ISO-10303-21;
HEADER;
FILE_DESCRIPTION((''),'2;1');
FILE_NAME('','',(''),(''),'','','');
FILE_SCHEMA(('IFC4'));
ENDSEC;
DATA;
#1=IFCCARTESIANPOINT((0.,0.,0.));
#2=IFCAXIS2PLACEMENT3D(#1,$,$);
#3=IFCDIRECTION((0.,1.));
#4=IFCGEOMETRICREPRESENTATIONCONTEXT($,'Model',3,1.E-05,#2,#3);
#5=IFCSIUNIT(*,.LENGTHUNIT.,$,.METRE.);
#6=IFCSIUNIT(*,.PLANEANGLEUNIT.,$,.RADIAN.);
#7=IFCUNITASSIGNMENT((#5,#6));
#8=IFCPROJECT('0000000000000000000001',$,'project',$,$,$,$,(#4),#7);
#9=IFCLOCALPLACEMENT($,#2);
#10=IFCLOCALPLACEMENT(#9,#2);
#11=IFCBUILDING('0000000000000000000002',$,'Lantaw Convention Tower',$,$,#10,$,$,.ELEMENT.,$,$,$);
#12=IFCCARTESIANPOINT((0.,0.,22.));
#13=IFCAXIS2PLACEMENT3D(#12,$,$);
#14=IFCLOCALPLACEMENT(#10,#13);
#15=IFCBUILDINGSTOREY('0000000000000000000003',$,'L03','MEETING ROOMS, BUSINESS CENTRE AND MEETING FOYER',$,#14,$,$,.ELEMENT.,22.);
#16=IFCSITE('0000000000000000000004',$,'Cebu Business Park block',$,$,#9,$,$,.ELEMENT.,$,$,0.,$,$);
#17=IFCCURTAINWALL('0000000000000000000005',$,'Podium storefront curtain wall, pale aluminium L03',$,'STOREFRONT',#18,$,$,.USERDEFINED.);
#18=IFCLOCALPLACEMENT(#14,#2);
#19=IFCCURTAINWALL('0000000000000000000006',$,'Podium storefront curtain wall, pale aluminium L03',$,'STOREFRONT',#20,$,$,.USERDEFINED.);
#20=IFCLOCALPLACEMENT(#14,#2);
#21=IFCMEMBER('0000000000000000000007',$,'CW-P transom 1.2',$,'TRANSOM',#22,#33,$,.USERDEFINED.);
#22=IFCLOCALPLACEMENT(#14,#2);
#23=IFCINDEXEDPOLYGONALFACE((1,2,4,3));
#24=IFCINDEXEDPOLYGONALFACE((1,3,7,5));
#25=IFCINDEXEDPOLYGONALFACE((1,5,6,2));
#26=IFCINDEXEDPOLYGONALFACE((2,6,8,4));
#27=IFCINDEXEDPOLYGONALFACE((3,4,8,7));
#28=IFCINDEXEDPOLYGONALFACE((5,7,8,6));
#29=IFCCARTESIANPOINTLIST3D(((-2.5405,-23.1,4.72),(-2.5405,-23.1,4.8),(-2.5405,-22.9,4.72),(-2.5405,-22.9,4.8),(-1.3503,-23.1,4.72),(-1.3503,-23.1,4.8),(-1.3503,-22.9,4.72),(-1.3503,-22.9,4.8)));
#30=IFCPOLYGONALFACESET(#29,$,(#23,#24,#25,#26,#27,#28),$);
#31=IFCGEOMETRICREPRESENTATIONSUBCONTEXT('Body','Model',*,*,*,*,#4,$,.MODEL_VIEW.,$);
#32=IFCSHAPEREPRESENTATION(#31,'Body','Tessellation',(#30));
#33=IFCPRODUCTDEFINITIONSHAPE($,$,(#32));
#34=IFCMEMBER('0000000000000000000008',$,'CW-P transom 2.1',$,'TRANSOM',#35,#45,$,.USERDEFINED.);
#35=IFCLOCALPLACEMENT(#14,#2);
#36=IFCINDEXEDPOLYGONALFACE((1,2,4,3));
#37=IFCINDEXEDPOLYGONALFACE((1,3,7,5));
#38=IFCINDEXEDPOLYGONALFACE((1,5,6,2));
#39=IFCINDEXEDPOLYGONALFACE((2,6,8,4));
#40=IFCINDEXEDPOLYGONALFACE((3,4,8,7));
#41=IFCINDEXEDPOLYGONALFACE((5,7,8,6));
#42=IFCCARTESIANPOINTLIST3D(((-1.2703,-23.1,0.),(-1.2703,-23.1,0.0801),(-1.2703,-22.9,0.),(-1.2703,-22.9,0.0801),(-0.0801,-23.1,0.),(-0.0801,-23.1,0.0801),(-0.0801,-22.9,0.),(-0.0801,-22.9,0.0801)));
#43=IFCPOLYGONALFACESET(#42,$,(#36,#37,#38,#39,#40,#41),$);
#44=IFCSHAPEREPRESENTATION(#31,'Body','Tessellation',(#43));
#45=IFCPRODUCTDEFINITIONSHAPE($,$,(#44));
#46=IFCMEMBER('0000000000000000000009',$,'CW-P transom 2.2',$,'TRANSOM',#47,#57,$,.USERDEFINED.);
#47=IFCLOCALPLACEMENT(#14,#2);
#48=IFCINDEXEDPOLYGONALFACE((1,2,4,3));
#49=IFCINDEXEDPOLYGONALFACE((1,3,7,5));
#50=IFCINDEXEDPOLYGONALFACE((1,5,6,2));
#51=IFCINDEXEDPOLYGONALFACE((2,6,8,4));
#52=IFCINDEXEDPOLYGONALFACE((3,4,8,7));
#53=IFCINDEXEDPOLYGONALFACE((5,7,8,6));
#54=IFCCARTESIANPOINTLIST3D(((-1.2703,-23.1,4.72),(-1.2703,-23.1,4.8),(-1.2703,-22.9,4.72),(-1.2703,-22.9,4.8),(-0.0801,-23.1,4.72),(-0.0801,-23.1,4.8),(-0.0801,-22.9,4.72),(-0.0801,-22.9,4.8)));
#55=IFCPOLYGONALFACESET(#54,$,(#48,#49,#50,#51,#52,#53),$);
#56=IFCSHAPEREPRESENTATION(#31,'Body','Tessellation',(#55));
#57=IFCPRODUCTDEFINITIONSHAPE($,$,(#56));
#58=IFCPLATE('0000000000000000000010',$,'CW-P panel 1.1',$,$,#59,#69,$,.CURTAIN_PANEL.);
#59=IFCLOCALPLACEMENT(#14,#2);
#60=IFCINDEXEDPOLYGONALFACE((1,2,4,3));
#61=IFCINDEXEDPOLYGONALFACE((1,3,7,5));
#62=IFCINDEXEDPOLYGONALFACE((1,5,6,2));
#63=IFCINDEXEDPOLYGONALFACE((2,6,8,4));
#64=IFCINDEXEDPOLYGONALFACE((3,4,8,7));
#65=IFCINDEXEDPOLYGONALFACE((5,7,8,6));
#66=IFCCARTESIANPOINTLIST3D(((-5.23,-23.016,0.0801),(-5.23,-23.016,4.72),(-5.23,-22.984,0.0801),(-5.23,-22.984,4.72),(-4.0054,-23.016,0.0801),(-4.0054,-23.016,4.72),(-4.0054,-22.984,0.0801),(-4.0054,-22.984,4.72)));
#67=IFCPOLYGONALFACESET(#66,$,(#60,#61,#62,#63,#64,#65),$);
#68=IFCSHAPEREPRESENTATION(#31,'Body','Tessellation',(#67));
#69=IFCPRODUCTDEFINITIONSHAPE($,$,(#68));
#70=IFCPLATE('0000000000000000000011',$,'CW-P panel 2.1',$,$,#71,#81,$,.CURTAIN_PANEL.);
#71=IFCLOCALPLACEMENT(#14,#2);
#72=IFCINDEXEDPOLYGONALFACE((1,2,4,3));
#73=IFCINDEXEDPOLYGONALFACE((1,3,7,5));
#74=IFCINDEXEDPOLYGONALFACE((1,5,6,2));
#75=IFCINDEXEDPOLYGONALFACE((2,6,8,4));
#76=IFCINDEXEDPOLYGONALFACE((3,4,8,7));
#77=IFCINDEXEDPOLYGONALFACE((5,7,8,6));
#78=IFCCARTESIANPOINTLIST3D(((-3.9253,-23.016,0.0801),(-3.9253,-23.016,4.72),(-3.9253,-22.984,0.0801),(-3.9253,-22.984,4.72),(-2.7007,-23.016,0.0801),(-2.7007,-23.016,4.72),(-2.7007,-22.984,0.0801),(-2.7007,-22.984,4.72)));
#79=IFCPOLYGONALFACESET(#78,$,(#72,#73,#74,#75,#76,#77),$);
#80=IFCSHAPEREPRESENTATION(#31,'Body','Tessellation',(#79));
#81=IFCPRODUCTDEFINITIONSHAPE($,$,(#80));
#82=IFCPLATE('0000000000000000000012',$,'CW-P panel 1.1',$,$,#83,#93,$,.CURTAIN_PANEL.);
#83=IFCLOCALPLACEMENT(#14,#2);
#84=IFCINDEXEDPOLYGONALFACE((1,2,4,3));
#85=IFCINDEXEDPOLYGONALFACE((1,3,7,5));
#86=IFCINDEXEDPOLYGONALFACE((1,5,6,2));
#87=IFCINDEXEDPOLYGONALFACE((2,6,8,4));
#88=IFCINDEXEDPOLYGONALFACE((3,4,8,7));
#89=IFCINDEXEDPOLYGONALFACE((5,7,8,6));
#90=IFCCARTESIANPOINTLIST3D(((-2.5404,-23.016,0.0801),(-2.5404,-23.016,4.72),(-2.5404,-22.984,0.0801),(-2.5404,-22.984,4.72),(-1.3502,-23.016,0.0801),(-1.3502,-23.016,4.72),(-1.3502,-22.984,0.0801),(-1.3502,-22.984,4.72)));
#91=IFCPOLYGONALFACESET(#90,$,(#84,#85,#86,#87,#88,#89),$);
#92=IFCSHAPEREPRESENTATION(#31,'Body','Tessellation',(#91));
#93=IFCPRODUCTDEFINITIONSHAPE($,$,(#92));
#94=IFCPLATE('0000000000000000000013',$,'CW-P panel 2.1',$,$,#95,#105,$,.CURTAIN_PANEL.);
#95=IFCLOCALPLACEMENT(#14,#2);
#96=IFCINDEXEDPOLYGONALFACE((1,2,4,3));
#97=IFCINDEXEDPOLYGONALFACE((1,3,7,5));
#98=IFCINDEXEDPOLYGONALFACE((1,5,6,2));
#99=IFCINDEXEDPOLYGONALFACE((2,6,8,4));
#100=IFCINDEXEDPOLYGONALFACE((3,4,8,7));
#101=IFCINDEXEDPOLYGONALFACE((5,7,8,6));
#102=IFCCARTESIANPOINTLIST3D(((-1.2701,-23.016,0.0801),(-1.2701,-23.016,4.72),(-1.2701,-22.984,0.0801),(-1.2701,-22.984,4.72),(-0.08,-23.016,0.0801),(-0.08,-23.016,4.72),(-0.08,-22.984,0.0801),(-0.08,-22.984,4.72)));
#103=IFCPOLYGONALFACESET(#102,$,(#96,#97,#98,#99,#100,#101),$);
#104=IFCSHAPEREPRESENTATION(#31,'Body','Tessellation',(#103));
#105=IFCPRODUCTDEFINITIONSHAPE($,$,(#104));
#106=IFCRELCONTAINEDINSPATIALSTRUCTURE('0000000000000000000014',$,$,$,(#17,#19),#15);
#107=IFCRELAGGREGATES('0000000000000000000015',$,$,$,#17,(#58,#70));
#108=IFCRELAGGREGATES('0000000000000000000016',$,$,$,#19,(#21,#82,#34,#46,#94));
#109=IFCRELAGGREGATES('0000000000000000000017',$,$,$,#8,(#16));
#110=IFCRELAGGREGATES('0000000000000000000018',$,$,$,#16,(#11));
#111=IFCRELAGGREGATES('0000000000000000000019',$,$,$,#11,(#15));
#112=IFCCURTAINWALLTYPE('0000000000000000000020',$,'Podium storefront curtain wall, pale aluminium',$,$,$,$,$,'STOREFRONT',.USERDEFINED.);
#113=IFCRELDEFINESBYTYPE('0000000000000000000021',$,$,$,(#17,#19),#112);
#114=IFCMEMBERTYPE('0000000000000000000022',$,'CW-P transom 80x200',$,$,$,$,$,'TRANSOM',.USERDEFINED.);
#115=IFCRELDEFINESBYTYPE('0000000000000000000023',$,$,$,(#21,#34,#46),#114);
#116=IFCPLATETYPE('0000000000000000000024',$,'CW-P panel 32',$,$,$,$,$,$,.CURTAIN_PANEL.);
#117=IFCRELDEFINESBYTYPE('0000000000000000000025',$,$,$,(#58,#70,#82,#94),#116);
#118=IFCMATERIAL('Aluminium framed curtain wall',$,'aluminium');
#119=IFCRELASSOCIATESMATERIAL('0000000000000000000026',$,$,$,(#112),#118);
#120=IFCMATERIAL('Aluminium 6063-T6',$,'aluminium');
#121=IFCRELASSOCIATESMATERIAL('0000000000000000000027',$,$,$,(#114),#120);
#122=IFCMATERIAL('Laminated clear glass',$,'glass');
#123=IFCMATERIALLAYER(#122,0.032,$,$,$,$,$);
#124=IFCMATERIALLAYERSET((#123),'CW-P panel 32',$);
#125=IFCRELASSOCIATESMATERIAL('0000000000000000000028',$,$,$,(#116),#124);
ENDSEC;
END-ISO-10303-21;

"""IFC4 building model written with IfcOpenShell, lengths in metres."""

from ifc_helpers import new_model, si_unit, direction, frame, origin, origin_2d, place, context, subcontext, project, spatial, rectangle, extrude, material, layer, layer_set, material_profile, profile_set, type_object, element, aggregate, save


model = new_model("IFC4")

# Units and contexts
model_context = context("Model", 3, precision=1e-05, world=origin(), true_north=direction((0.0, 1.0)))
body_context = subcontext(model_context, "Body", "Model", "MODEL_VIEW")
ifc_project = project(units=[si_unit("LENGTHUNIT", "METRE"), si_unit("PLANEANGLEUNIT", "RADIAN")], contexts=[model_context])

# Site, building, storey
site_placement = place(None, origin())
site = spatial("IfcSite", under=ifc_project, at=site_placement, Name="Cebu Business Park block", CompositionType="ELEMENT", RefElevation=0.0)
building_placement = place(site_placement, origin())
building = spatial("IfcBuilding", under=site, at=building_placement, Name="Lantaw Convention Tower", CompositionType="ELEMENT")
storey_placement = place(building_placement, frame((0.0, 0.0, 22.0)))
storey = spatial("IfcBuildingStorey", under=building, at=storey_placement, Name="L03", Description="MEETING ROOMS, BUSINESS CENTRE AND MEETING FOYER", CompositionType="ELEMENT", Elevation=22.0)

# Curtain walls
ifc_material_1 = material(Name="Aluminium framed curtain wall", Category="aluminium")
curtain_wall_type = type_object("IfcCurtainWallType", Name="Podium storefront curtain wall, pale aluminium", ElementType="STOREFRONT", PredefinedType="USERDEFINED", material=ifc_material_1)
curtain_wall_1_placement = place(storey_placement, origin())
curtain_wall_1 = element("IfcCurtainWall", 1, at=curtain_wall_1_placement, inside=storey, type_object=curtain_wall_type, Name="Podium storefront curtain wall, pale aluminium L03", ObjectType="STOREFRONT", PredefinedType="USERDEFINED")
ifc_material_2 = material(Name="Aluminium 6063-T6", Category="aluminium")
curtain_wall_2_placement = place(storey_placement, origin())
curtain_wall_2 = element("IfcCurtainWall", 2, at=curtain_wall_2_placement, inside=storey, type_object=curtain_wall_type, Name="Podium storefront curtain wall, pale aluminium L03", ObjectType="STOREFRONT", PredefinedType="USERDEFINED")

# Members
ifc_material_profile_1 = material_profile(ifc_material_2, rectangle(XDim=0.2, YDim=0.0801, at=origin_2d()), Name="CW-P transom 80x200")
ifc_profile_set_1 = profile_set([ifc_material_profile_1], Name="Aluminium 6063-T6")
member_type_1 = type_object("IfcMemberType", Name="CW-P transom 80x200", ElementType="TRANSOM", PredefinedType="USERDEFINED", material=ifc_profile_set_1)
member_1_placement = place(storey_placement, frame((-2.5405, -23.0, 4.76), z_axis=(1.0, 0.0, 0.0), x_axis=(0.0, 1.0, 0.0)))
member_1 = element("IfcMember", 3, at=member_1_placement, type_object=member_type_1, Name="CW-P transom 1.2", ObjectType="TRANSOM", PredefinedType="USERDEFINED", context=body_context, shape_type="SweptSolid", body=[
    extrude(rectangle(XDim=0.2, YDim=0.0801, at=origin_2d()), origin(), (0.0, 0.0, 1.0), 1.1902),
])
member_2_placement = place(storey_placement, frame((-1.2703, -23.0, 0.04), z_axis=(1.0, 0.0, 0.0), x_axis=(0.0, 1.0, 0.0)))
member_2 = element("IfcMember", 4, at=member_2_placement, type_object=member_type_1, Name="CW-P transom 2.1", ObjectType="TRANSOM", PredefinedType="USERDEFINED", context=body_context, shape_type="SweptSolid", body=[
    extrude(rectangle(XDim=0.2, YDim=0.0801, at=origin_2d()), origin(), (0.0, 0.0, 1.0), 1.1902),
])
member_3_placement = place(storey_placement, frame((-1.2703, -23.0, 4.76), z_axis=(1.0, 0.0, 0.0), x_axis=(0.0, 1.0, 0.0)))
member_3 = element("IfcMember", 5, at=member_3_placement, type_object=member_type_1, Name="CW-P transom 2.2", ObjectType="TRANSOM", PredefinedType="USERDEFINED", context=body_context, shape_type="SweptSolid", body=[
    extrude(rectangle(XDim=0.2, YDim=0.0801, at=origin_2d()), origin(), (0.0, 0.0, 1.0), 1.1902),
])

# Plates
ifc_material_3 = material(Name="Laminated clear glass", Category="glass")
ifc_layer = layer(ifc_material_3, 0.032)
ifc_layer_set = layer_set([ifc_layer], Name="CW-P panel 32")
plate_type = type_object("IfcPlateType", Name="CW-P panel 32", PredefinedType="CURTAIN_PANEL", material=ifc_layer_set)
plate_1_placement = place(storey_placement, frame((-4.6177, -23.0, 0.0801), z_axis=(0.0, 0.0, 1.0), x_axis=(1.0, 0.0, 0.0)))
plate_1 = element("IfcPlate", 6, at=plate_1_placement, type_object=plate_type, Name="CW-P panel 1.1", PredefinedType="CURTAIN_PANEL", context=body_context, shape_type="SweptSolid", body=[
    extrude(rectangle(XDim=1.2246, YDim=0.032, at=origin_2d()), origin(), (0.0, 0.0, 1.0), 4.6399),
])
plate_2_placement = place(storey_placement, frame((-3.313, -23.0, 0.0801), z_axis=(0.0, 0.0, 1.0), x_axis=(1.0, 0.0, 0.0)))
plate_2 = element("IfcPlate", 7, at=plate_2_placement, type_object=plate_type, Name="CW-P panel 2.1", PredefinedType="CURTAIN_PANEL", context=body_context, shape_type="SweptSolid", body=[
    extrude(rectangle(XDim=1.2246, YDim=0.032, at=origin_2d()), origin(), (0.0, 0.0, 1.0), 4.6399),
])
aggregate(curtain_wall_1, [plate_1, plate_2])
plate_3_placement = place(storey_placement, frame((-1.9453, -23.0, 0.0801), z_axis=(0.0, 0.0, 1.0), x_axis=(1.0, 0.0, 0.0)))
plate_3 = element("IfcPlate", 8, at=plate_3_placement, type_object=plate_type, Name="CW-P panel 1.1", PredefinedType="CURTAIN_PANEL", context=body_context, shape_type="SweptSolid", body=[
    extrude(rectangle(XDim=1.1902, YDim=0.032, at=origin_2d()), origin(), (0.0, 0.0, 1.0), 4.6399),
])
plate_4_placement = place(storey_placement, frame((-0.675, -23.0, 0.0801), z_axis=(0.0, 0.0, 1.0), x_axis=(1.0, 0.0, 0.0)))
plate_4 = element("IfcPlate", 9, at=plate_4_placement, type_object=plate_type, Name="CW-P panel 2.1", PredefinedType="CURTAIN_PANEL", context=body_context, shape_type="SweptSolid", body=[
    extrude(rectangle(XDim=1.1902, YDim=0.032, at=origin_2d()), origin(), (0.0, 0.0, 1.0), 4.6399),
])
aggregate(curtain_wall_2, [member_1, plate_3, member_2, member_3, plate_4])

save(model, "model.ifc")
